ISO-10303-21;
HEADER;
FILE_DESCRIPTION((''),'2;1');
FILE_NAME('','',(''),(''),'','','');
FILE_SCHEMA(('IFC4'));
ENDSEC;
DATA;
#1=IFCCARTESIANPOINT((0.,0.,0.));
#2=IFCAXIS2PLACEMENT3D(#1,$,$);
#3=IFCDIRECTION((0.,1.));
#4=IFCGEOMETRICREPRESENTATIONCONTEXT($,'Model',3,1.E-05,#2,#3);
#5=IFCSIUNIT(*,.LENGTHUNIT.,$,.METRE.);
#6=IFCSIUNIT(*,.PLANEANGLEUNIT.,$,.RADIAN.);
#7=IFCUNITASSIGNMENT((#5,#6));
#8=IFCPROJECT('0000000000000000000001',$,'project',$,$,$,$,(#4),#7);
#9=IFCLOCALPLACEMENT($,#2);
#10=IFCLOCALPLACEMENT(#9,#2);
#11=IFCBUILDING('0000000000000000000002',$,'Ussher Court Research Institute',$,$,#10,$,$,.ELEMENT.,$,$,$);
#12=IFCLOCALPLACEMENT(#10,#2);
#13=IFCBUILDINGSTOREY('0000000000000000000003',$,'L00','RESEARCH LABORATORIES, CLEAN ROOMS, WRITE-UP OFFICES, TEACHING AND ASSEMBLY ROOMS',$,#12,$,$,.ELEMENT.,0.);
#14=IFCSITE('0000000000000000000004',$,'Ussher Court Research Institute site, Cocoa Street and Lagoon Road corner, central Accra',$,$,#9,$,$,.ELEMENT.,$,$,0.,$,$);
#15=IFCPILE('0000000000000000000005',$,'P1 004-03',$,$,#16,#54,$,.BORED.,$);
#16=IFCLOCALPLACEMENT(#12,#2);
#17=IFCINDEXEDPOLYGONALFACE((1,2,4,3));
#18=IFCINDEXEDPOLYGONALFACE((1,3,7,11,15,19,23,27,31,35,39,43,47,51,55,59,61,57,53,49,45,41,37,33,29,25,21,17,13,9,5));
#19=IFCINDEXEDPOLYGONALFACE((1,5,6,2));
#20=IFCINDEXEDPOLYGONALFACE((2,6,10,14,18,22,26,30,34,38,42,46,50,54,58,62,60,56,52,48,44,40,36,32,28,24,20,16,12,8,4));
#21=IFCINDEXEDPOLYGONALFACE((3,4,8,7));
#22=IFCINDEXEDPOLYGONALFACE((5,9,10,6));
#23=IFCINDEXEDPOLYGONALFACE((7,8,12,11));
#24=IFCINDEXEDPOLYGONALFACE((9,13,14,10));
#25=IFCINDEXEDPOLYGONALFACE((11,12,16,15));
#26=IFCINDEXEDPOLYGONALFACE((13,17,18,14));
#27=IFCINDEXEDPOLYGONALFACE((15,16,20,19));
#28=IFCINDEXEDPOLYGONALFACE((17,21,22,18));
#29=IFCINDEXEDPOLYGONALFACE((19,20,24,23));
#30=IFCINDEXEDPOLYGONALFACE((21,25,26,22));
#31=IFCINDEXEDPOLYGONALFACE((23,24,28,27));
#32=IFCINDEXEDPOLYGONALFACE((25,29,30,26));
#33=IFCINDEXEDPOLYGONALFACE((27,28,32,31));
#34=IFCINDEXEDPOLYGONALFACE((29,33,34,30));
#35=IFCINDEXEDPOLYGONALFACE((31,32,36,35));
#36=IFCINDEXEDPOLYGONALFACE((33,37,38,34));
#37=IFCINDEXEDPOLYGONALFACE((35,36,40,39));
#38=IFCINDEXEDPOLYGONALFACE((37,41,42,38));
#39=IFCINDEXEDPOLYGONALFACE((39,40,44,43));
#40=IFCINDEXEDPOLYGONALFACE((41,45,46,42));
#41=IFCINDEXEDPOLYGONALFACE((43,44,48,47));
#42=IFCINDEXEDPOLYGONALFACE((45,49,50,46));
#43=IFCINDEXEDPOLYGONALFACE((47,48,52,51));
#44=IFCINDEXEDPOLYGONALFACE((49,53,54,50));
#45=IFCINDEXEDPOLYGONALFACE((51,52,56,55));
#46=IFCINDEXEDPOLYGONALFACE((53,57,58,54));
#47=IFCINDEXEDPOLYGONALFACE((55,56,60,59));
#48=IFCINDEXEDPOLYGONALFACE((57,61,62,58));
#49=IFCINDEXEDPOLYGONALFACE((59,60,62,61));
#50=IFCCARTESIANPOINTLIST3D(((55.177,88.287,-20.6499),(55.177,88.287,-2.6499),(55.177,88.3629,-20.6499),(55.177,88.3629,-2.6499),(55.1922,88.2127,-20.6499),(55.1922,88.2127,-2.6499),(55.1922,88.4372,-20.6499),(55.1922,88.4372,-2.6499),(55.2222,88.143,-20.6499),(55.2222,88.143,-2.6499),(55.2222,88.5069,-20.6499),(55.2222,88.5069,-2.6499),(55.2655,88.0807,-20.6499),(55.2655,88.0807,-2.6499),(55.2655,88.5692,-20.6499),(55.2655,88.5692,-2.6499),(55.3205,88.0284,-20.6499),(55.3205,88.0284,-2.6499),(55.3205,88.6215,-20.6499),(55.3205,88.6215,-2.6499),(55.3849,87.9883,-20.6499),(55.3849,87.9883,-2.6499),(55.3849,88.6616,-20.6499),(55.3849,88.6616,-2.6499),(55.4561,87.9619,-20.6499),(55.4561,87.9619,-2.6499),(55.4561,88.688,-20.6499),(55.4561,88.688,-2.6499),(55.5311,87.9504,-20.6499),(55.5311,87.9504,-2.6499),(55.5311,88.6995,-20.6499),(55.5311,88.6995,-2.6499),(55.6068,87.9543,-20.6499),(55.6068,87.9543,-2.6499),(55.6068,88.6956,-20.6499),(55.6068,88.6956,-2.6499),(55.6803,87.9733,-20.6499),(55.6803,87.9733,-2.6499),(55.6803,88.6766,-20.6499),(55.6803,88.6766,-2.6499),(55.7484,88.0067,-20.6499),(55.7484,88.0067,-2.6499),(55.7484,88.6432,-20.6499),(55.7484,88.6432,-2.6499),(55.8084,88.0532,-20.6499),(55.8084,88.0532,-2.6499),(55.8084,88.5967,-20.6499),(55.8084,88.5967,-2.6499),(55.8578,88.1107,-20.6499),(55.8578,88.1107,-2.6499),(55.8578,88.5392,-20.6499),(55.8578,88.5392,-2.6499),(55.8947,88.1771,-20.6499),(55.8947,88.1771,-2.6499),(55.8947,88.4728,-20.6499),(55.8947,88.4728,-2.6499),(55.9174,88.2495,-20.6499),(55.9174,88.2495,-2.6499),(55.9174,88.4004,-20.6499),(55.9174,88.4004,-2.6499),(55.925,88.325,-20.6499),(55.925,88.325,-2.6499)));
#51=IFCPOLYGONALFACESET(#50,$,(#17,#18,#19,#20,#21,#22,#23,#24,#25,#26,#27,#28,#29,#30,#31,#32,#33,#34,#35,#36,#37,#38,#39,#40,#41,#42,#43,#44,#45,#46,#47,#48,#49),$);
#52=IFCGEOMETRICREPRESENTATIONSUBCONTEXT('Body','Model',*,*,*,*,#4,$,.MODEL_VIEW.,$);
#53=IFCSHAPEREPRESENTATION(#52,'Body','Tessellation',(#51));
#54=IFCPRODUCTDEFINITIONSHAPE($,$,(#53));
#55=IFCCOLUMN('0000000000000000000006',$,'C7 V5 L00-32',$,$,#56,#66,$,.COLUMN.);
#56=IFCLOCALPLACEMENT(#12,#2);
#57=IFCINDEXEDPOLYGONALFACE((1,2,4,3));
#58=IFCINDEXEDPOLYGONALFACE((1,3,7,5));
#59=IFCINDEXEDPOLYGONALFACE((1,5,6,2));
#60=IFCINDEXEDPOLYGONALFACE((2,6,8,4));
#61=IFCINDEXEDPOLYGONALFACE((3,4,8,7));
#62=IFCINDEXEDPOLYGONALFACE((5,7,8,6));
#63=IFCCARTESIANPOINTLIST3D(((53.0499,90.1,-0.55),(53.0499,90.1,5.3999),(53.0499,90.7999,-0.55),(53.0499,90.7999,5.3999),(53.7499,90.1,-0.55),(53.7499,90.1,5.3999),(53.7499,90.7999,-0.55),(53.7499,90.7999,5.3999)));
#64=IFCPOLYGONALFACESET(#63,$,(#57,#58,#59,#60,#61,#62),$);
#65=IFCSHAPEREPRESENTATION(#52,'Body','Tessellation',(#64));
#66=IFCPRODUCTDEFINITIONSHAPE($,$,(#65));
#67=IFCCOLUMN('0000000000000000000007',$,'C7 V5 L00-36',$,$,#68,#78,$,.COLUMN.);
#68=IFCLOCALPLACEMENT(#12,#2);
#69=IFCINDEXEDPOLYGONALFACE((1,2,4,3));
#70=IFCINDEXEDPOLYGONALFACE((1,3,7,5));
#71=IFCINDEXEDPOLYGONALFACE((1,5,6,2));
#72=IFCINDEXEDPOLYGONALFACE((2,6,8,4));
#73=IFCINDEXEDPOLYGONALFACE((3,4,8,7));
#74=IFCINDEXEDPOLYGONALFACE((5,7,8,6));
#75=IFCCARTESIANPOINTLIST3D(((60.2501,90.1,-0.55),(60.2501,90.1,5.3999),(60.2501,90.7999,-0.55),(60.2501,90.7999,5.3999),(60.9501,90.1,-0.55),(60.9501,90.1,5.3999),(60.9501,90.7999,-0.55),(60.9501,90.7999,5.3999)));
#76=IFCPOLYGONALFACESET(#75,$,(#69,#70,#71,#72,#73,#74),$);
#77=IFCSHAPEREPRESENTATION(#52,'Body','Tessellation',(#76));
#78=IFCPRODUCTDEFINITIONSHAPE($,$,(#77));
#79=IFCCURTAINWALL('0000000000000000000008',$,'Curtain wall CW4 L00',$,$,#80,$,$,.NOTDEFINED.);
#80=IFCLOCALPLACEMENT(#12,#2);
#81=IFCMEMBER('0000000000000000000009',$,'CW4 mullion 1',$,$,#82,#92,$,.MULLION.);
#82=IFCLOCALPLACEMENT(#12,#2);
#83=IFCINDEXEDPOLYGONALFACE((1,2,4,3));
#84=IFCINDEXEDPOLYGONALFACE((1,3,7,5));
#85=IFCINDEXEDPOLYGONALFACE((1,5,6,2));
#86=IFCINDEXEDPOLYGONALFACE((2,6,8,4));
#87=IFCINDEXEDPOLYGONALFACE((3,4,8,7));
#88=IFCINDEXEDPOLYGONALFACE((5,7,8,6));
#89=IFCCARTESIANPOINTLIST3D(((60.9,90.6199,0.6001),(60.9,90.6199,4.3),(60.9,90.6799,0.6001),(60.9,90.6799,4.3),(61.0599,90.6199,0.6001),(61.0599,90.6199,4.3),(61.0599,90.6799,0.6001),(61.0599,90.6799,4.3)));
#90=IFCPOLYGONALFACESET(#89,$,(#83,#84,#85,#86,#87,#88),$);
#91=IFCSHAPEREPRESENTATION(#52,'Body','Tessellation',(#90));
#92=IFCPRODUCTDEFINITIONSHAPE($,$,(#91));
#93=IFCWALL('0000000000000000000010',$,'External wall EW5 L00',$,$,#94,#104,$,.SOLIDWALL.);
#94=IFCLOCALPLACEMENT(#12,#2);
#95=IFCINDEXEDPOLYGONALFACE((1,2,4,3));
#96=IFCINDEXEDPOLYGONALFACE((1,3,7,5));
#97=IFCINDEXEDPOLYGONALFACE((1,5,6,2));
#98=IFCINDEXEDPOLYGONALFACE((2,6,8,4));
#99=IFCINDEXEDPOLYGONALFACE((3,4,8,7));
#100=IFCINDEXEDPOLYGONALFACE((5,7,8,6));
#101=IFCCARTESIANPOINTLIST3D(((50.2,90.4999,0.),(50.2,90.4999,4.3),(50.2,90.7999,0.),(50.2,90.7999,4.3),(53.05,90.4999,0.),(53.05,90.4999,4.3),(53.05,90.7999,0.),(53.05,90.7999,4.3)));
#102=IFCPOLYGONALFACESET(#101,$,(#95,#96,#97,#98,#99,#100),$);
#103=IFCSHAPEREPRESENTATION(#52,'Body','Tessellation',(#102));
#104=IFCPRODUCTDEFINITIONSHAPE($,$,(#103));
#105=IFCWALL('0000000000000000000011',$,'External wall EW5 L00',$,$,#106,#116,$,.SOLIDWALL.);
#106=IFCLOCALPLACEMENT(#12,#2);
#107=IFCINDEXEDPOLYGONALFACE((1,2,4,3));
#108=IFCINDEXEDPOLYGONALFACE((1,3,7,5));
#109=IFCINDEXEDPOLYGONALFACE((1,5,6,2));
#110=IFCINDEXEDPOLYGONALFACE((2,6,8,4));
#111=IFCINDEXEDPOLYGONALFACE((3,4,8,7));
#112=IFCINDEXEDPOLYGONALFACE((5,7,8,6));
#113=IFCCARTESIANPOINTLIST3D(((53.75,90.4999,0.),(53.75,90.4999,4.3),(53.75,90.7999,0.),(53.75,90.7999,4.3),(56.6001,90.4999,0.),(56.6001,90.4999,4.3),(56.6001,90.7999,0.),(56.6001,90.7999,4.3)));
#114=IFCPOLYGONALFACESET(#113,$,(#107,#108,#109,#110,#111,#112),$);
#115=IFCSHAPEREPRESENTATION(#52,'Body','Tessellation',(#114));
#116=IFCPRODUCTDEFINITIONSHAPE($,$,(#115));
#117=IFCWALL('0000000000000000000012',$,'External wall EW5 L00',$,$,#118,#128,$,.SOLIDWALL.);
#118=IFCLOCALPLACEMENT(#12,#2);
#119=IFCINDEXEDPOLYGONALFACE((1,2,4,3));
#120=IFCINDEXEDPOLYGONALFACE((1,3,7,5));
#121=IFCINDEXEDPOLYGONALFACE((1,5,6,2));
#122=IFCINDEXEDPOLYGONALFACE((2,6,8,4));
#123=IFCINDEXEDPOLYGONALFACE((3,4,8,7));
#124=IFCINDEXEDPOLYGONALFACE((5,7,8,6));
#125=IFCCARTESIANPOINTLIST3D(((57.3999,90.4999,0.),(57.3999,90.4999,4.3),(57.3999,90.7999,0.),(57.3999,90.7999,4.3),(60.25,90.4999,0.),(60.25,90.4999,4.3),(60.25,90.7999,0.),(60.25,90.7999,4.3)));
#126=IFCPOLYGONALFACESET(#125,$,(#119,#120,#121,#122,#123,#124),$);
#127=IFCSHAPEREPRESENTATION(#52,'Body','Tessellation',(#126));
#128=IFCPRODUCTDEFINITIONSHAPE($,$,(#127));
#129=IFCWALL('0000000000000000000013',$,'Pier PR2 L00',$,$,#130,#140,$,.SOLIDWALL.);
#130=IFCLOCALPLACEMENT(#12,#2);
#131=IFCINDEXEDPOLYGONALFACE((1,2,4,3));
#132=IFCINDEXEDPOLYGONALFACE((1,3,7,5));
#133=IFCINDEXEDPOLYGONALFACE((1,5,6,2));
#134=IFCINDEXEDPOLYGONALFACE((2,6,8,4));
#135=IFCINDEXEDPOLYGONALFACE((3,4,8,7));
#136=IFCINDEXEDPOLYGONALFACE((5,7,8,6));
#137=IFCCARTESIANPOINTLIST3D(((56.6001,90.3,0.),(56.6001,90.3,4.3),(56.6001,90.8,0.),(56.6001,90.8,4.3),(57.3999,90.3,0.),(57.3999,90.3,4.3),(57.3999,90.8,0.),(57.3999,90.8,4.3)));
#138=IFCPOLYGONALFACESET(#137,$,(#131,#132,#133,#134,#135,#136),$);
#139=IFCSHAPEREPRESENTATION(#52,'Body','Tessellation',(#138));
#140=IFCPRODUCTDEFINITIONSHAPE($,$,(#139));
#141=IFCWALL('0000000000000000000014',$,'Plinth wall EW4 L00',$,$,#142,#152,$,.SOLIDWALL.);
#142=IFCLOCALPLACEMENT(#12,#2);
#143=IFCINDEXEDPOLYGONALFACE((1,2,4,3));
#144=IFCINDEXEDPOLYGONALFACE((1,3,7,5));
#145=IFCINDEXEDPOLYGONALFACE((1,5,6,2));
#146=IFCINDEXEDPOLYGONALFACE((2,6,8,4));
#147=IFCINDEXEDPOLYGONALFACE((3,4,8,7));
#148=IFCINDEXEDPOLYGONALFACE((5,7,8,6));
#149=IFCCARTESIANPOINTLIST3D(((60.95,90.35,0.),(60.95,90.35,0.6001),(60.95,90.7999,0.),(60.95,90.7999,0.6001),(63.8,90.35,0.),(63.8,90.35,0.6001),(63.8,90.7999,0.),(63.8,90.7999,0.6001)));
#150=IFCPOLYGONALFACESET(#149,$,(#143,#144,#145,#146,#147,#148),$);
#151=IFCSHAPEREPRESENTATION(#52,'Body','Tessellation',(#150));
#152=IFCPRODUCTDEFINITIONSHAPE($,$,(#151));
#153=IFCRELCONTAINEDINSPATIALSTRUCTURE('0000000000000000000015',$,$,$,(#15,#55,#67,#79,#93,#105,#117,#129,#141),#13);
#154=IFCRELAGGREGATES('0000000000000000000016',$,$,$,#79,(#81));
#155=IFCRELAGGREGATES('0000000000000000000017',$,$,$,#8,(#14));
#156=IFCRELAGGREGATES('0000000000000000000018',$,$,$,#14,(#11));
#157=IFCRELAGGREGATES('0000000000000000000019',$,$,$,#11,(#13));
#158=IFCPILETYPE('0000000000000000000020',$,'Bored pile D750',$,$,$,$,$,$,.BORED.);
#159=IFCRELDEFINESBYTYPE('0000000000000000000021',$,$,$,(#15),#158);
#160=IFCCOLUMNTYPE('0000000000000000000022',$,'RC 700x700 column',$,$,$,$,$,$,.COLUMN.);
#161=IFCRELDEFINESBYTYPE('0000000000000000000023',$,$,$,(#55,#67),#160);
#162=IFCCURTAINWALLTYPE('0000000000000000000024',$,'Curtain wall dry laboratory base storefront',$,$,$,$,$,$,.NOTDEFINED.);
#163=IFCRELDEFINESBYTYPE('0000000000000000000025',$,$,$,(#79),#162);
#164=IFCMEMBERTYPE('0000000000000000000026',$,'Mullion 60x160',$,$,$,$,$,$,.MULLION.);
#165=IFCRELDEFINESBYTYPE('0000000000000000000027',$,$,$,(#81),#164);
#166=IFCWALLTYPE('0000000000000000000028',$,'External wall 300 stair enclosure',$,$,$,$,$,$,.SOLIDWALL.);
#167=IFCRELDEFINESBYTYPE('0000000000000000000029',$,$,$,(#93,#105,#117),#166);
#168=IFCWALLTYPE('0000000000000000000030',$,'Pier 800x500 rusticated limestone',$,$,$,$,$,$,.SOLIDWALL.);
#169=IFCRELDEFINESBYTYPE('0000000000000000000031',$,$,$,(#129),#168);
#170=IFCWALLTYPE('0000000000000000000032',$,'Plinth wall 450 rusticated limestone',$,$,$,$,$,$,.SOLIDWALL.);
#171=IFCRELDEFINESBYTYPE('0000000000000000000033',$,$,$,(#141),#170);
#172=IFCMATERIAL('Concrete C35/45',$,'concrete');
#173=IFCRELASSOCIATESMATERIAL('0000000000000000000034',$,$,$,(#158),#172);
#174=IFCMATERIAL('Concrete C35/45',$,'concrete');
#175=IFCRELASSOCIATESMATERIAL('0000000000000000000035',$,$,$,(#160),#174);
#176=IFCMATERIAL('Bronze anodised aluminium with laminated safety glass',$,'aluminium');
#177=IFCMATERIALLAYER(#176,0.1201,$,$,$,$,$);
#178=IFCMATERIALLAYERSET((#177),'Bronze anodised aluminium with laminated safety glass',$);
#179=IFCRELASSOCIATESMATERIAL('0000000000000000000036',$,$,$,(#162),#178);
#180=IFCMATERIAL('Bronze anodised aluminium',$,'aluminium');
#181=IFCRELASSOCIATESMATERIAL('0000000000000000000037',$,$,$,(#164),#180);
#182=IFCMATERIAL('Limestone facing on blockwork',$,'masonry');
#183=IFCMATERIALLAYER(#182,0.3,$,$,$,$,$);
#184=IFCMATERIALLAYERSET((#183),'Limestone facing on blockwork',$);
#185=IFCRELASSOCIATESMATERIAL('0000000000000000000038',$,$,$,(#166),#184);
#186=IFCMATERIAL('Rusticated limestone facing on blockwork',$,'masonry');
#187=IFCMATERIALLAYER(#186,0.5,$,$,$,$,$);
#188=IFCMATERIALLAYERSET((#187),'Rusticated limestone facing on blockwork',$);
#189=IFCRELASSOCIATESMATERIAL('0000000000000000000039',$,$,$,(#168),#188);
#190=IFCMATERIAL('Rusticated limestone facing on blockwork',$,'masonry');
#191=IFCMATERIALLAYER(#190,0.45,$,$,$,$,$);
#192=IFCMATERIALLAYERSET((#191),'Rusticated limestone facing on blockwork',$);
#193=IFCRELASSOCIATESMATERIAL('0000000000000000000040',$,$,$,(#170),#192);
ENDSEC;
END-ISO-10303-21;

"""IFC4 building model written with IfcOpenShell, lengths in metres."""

from ifc_helpers import new_model, si_unit, direction, frame, frame_2d, origin, origin_2d, place, context, subcontext, project, spatial, rectangle, circle, extrude, material, layer, layer_set, material_profile, profile_set, type_object, element, aggregate, save


model = new_model("IFC4")

# Units and contexts
model_context = context("Model", 3, precision=1e-05, world=origin(), true_north=direction((0.0, 1.0)))
body_context = subcontext(model_context, "Body", "Model", "MODEL_VIEW")
ifc_project = project(units=[si_unit("LENGTHUNIT", "METRE"), si_unit("PLANEANGLEUNIT", "RADIAN")], contexts=[model_context])

# Site, building, storey
site_placement = place(None, origin())
site = spatial("IfcSite", under=ifc_project, at=site_placement, Name="Ussher Court Research Institute site, Cocoa Street and Lagoon Road corner, central Accra", CompositionType="ELEMENT", RefElevation=0.0)
building_placement = place(site_placement, origin())
building = spatial("IfcBuilding", under=site, at=building_placement, Name="Ussher Court Research Institute", CompositionType="ELEMENT")
storey_placement = place(building_placement, origin())
storey = spatial("IfcBuildingStorey", under=building, at=storey_placement, Name="L00", Description="RESEARCH LABORATORIES, CLEAN ROOMS, WRITE-UP OFFICES, TEACHING AND ASSEMBLY ROOMS", CompositionType="ELEMENT", Elevation=0.0)

# Pile
ifc_material_1 = material(Name="Concrete C35/45", Category="concrete")
ifc_material_profile_1 = material_profile(ifc_material_1, circle(Radius=0.375, at=origin_2d()), Name="RC D750")
ifc_profile_set_1 = profile_set([ifc_material_profile_1], Name="Concrete C35/45")
pile_type_1 = type_object("IfcPileType", Name="Bored pile D750", PredefinedType="BORED", material=ifc_profile_set_1)
for number, where, z_axis, x_axis, name in (
    (1, (55.55, 88.325, -2.6499), (0.0, 0.0, -1.0), (1.0, 0.0, 0.0), "P1 004-03"),
):
    element("IfcPile", number, at=place(storey_placement, frame(where, z_axis=z_axis, x_axis=x_axis)), inside=storey, type_object=pile_type_1, Name=name, PredefinedType="BORED", context=body_context, shape_type="SweptSolid", body=[
        extrude(circle(Radius=0.375, at=origin_2d()), origin(), (0.0, 0.0, 1.0), 18.0),
    ])

# Columns
ifc_material_2 = material(Name="Concrete C35/45", Category="concrete")
ifc_material_profile_2 = material_profile(ifc_material_2, rectangle(XDim=0.7, YDim=0.7, at=origin_2d()), Name="RC 700x700")
ifc_profile_set_2 = profile_set([ifc_material_profile_2], Name="Concrete C35/45")
column_type = type_object("IfcColumnType", Name="RC 700x700 column", PredefinedType="COLUMN", material=ifc_profile_set_2)
for number, where, z_axis, x_axis, name in (
    (2, (53.3999, 90.45, -0.55), (0.0, 0.0, 1.0), (1.0, 0.0, 0.0), "C7 V5 L00-32"),
    (3, (60.6001, 90.45, -0.55), (0.0, 0.0, 1.0), (1.0, 0.0, 0.0), "C7 V5 L00-36"),
):
    element("IfcColumn", number, at=place(storey_placement, frame(where, z_axis=z_axis, x_axis=x_axis)), inside=storey, type_object=column_type, Name=name, PredefinedType="COLUMN", context=body_context, shape_type="SweptSolid", body=[
        extrude(rectangle(XDim=0.7, YDim=0.7, at=origin_2d()), origin(), (0.0, 0.0, 1.0), 5.95),
    ])

# Curtain wall, member
ifc_material_3 = material(Name="Bronze anodised aluminium with laminated safety glass", Category="aluminium")
ifc_layer_1 = layer(ifc_material_3, 0.1201)
ifc_layer_set_1 = layer_set([ifc_layer_1], Name="Bronze anodised aluminium with laminated safety glass")
curtain_wall_type = type_object("IfcCurtainWallType", Name="Curtain wall dry laboratory base storefront", PredefinedType="NOTDEFINED", material=ifc_layer_set_1)
curtain_wall_placement = place(storey_placement, origin())
curtain_wall = element("IfcCurtainWall", 4, at=curtain_wall_placement, inside=storey, type_object=curtain_wall_type, Name="Curtain wall CW4 L00", PredefinedType="NOTDEFINED")
ifc_material_4 = material(Name="Bronze anodised aluminium", Category="aluminium")
ifc_material_profile_3 = material_profile(ifc_material_4, rectangle(XDim=0.0601, YDim=0.1599, at=origin_2d()), Name="Mullion 60x160")
ifc_profile_set_3 = profile_set([ifc_material_profile_3], Name="Bronze anodised aluminium")
member_type = type_object("IfcMemberType", Name="Mullion 60x160", PredefinedType="MULLION", material=ifc_profile_set_3)
member_placement = place(storey_placement, frame((60.98, 90.6499, 0.6001), z_axis=(0.0, 0.0, 1.0), x_axis=(0.0, 1.0, 0.0)))
member = element("IfcMember", 5, at=member_placement, type_object=member_type, Name="CW4 mullion 1", PredefinedType="MULLION", context=body_context, shape_type="SweptSolid", body=[
    extrude(rectangle(XDim=0.0601, YDim=0.1599, at=origin_2d()), origin(), (0.0, 0.0, 1.0), 3.7),
])
aggregate(curtain_wall, [member])

# Walls
ifc_material_5 = material(Name="Limestone facing on blockwork", Category="masonry")
ifc_layer_2 = layer(ifc_material_5, 0.3)
ifc_layer_set_2 = layer_set([ifc_layer_2], Name="Limestone facing on blockwork")
wall_type_1 = type_object("IfcWallType", Name="External wall 300 stair enclosure", PredefinedType="SOLIDWALL", material=ifc_layer_set_2)
for number, where, z_axis, x_axis, name in (
    (6, (50.2, 90.6499, 0.0), (0.0, 0.0, 1.0), (1.0, 0.0, 0.0), "External wall EW5 L00"),
    (7, (53.75, 90.6499, 0.0), (0.0, 0.0, 1.0), (1.0, 0.0, 0.0), "External wall EW5 L00"),
    (8, (57.3999, 90.6499, 0.0), (0.0, 0.0, 1.0), (1.0, 0.0, 0.0), "External wall EW5 L00"),
):
    element("IfcWall", number, at=place(storey_placement, frame(where, z_axis=z_axis, x_axis=x_axis)), inside=storey, type_object=wall_type_1, Name=name, PredefinedType="SOLIDWALL", context=body_context, shape_type="SweptSolid", body=[
        extrude(rectangle(XDim=2.8501, YDim=0.3, at=frame_2d((1.425, 0.0))), origin(), (0.0, 0.0, 1.0), 4.3),
    ])
ifc_material_6 = material(Name="Rusticated limestone facing on blockwork", Category="masonry")
ifc_layer_3 = layer(ifc_material_6, 0.5)
ifc_layer_set_3 = layer_set([ifc_layer_3], Name="Rusticated limestone facing on blockwork")
wall_type_2 = type_object("IfcWallType", Name="Pier 800x500 rusticated limestone", PredefinedType="SOLIDWALL", material=ifc_layer_set_3)
wall_1_placement = place(storey_placement, frame((56.6001, 90.55, 0.0), z_axis=(0.0, 0.0, 1.0), x_axis=(1.0, 0.0, 0.0)))
element("IfcWall", 9, at=wall_1_placement, inside=storey, type_object=wall_type_2, Name="Pier PR2 L00", PredefinedType="SOLIDWALL", context=body_context, shape_type="SweptSolid", body=[
    extrude(rectangle(XDim=0.7998, YDim=0.5, at=frame_2d((0.3999, 0.0))), origin(), (0.0, 0.0, 1.0), 4.3),
])
ifc_material_7 = material(Name="Rusticated limestone facing on blockwork", Category="masonry")
ifc_layer_4 = layer(ifc_material_7, 0.45)
ifc_layer_set_4 = layer_set([ifc_layer_4], Name="Rusticated limestone facing on blockwork")
wall_type_3 = type_object("IfcWallType", Name="Plinth wall 450 rusticated limestone", PredefinedType="SOLIDWALL", material=ifc_layer_set_4)
wall_2_placement = place(storey_placement, frame((60.95, 90.575, 0.0), z_axis=(0.0, 0.0, 1.0), x_axis=(1.0, 0.0, 0.0)))
element("IfcWall", 10, at=wall_2_placement, inside=storey, type_object=wall_type_3, Name="Plinth wall EW4 L00", PredefinedType="SOLIDWALL", context=body_context, shape_type="SweptSolid", body=[
    extrude(rectangle(XDim=2.8501, YDim=0.45, at=frame_2d((1.425, 0.0))), origin(), (0.0, 0.0, 1.0), 0.6001),
])

save(model, "model.ifc")
